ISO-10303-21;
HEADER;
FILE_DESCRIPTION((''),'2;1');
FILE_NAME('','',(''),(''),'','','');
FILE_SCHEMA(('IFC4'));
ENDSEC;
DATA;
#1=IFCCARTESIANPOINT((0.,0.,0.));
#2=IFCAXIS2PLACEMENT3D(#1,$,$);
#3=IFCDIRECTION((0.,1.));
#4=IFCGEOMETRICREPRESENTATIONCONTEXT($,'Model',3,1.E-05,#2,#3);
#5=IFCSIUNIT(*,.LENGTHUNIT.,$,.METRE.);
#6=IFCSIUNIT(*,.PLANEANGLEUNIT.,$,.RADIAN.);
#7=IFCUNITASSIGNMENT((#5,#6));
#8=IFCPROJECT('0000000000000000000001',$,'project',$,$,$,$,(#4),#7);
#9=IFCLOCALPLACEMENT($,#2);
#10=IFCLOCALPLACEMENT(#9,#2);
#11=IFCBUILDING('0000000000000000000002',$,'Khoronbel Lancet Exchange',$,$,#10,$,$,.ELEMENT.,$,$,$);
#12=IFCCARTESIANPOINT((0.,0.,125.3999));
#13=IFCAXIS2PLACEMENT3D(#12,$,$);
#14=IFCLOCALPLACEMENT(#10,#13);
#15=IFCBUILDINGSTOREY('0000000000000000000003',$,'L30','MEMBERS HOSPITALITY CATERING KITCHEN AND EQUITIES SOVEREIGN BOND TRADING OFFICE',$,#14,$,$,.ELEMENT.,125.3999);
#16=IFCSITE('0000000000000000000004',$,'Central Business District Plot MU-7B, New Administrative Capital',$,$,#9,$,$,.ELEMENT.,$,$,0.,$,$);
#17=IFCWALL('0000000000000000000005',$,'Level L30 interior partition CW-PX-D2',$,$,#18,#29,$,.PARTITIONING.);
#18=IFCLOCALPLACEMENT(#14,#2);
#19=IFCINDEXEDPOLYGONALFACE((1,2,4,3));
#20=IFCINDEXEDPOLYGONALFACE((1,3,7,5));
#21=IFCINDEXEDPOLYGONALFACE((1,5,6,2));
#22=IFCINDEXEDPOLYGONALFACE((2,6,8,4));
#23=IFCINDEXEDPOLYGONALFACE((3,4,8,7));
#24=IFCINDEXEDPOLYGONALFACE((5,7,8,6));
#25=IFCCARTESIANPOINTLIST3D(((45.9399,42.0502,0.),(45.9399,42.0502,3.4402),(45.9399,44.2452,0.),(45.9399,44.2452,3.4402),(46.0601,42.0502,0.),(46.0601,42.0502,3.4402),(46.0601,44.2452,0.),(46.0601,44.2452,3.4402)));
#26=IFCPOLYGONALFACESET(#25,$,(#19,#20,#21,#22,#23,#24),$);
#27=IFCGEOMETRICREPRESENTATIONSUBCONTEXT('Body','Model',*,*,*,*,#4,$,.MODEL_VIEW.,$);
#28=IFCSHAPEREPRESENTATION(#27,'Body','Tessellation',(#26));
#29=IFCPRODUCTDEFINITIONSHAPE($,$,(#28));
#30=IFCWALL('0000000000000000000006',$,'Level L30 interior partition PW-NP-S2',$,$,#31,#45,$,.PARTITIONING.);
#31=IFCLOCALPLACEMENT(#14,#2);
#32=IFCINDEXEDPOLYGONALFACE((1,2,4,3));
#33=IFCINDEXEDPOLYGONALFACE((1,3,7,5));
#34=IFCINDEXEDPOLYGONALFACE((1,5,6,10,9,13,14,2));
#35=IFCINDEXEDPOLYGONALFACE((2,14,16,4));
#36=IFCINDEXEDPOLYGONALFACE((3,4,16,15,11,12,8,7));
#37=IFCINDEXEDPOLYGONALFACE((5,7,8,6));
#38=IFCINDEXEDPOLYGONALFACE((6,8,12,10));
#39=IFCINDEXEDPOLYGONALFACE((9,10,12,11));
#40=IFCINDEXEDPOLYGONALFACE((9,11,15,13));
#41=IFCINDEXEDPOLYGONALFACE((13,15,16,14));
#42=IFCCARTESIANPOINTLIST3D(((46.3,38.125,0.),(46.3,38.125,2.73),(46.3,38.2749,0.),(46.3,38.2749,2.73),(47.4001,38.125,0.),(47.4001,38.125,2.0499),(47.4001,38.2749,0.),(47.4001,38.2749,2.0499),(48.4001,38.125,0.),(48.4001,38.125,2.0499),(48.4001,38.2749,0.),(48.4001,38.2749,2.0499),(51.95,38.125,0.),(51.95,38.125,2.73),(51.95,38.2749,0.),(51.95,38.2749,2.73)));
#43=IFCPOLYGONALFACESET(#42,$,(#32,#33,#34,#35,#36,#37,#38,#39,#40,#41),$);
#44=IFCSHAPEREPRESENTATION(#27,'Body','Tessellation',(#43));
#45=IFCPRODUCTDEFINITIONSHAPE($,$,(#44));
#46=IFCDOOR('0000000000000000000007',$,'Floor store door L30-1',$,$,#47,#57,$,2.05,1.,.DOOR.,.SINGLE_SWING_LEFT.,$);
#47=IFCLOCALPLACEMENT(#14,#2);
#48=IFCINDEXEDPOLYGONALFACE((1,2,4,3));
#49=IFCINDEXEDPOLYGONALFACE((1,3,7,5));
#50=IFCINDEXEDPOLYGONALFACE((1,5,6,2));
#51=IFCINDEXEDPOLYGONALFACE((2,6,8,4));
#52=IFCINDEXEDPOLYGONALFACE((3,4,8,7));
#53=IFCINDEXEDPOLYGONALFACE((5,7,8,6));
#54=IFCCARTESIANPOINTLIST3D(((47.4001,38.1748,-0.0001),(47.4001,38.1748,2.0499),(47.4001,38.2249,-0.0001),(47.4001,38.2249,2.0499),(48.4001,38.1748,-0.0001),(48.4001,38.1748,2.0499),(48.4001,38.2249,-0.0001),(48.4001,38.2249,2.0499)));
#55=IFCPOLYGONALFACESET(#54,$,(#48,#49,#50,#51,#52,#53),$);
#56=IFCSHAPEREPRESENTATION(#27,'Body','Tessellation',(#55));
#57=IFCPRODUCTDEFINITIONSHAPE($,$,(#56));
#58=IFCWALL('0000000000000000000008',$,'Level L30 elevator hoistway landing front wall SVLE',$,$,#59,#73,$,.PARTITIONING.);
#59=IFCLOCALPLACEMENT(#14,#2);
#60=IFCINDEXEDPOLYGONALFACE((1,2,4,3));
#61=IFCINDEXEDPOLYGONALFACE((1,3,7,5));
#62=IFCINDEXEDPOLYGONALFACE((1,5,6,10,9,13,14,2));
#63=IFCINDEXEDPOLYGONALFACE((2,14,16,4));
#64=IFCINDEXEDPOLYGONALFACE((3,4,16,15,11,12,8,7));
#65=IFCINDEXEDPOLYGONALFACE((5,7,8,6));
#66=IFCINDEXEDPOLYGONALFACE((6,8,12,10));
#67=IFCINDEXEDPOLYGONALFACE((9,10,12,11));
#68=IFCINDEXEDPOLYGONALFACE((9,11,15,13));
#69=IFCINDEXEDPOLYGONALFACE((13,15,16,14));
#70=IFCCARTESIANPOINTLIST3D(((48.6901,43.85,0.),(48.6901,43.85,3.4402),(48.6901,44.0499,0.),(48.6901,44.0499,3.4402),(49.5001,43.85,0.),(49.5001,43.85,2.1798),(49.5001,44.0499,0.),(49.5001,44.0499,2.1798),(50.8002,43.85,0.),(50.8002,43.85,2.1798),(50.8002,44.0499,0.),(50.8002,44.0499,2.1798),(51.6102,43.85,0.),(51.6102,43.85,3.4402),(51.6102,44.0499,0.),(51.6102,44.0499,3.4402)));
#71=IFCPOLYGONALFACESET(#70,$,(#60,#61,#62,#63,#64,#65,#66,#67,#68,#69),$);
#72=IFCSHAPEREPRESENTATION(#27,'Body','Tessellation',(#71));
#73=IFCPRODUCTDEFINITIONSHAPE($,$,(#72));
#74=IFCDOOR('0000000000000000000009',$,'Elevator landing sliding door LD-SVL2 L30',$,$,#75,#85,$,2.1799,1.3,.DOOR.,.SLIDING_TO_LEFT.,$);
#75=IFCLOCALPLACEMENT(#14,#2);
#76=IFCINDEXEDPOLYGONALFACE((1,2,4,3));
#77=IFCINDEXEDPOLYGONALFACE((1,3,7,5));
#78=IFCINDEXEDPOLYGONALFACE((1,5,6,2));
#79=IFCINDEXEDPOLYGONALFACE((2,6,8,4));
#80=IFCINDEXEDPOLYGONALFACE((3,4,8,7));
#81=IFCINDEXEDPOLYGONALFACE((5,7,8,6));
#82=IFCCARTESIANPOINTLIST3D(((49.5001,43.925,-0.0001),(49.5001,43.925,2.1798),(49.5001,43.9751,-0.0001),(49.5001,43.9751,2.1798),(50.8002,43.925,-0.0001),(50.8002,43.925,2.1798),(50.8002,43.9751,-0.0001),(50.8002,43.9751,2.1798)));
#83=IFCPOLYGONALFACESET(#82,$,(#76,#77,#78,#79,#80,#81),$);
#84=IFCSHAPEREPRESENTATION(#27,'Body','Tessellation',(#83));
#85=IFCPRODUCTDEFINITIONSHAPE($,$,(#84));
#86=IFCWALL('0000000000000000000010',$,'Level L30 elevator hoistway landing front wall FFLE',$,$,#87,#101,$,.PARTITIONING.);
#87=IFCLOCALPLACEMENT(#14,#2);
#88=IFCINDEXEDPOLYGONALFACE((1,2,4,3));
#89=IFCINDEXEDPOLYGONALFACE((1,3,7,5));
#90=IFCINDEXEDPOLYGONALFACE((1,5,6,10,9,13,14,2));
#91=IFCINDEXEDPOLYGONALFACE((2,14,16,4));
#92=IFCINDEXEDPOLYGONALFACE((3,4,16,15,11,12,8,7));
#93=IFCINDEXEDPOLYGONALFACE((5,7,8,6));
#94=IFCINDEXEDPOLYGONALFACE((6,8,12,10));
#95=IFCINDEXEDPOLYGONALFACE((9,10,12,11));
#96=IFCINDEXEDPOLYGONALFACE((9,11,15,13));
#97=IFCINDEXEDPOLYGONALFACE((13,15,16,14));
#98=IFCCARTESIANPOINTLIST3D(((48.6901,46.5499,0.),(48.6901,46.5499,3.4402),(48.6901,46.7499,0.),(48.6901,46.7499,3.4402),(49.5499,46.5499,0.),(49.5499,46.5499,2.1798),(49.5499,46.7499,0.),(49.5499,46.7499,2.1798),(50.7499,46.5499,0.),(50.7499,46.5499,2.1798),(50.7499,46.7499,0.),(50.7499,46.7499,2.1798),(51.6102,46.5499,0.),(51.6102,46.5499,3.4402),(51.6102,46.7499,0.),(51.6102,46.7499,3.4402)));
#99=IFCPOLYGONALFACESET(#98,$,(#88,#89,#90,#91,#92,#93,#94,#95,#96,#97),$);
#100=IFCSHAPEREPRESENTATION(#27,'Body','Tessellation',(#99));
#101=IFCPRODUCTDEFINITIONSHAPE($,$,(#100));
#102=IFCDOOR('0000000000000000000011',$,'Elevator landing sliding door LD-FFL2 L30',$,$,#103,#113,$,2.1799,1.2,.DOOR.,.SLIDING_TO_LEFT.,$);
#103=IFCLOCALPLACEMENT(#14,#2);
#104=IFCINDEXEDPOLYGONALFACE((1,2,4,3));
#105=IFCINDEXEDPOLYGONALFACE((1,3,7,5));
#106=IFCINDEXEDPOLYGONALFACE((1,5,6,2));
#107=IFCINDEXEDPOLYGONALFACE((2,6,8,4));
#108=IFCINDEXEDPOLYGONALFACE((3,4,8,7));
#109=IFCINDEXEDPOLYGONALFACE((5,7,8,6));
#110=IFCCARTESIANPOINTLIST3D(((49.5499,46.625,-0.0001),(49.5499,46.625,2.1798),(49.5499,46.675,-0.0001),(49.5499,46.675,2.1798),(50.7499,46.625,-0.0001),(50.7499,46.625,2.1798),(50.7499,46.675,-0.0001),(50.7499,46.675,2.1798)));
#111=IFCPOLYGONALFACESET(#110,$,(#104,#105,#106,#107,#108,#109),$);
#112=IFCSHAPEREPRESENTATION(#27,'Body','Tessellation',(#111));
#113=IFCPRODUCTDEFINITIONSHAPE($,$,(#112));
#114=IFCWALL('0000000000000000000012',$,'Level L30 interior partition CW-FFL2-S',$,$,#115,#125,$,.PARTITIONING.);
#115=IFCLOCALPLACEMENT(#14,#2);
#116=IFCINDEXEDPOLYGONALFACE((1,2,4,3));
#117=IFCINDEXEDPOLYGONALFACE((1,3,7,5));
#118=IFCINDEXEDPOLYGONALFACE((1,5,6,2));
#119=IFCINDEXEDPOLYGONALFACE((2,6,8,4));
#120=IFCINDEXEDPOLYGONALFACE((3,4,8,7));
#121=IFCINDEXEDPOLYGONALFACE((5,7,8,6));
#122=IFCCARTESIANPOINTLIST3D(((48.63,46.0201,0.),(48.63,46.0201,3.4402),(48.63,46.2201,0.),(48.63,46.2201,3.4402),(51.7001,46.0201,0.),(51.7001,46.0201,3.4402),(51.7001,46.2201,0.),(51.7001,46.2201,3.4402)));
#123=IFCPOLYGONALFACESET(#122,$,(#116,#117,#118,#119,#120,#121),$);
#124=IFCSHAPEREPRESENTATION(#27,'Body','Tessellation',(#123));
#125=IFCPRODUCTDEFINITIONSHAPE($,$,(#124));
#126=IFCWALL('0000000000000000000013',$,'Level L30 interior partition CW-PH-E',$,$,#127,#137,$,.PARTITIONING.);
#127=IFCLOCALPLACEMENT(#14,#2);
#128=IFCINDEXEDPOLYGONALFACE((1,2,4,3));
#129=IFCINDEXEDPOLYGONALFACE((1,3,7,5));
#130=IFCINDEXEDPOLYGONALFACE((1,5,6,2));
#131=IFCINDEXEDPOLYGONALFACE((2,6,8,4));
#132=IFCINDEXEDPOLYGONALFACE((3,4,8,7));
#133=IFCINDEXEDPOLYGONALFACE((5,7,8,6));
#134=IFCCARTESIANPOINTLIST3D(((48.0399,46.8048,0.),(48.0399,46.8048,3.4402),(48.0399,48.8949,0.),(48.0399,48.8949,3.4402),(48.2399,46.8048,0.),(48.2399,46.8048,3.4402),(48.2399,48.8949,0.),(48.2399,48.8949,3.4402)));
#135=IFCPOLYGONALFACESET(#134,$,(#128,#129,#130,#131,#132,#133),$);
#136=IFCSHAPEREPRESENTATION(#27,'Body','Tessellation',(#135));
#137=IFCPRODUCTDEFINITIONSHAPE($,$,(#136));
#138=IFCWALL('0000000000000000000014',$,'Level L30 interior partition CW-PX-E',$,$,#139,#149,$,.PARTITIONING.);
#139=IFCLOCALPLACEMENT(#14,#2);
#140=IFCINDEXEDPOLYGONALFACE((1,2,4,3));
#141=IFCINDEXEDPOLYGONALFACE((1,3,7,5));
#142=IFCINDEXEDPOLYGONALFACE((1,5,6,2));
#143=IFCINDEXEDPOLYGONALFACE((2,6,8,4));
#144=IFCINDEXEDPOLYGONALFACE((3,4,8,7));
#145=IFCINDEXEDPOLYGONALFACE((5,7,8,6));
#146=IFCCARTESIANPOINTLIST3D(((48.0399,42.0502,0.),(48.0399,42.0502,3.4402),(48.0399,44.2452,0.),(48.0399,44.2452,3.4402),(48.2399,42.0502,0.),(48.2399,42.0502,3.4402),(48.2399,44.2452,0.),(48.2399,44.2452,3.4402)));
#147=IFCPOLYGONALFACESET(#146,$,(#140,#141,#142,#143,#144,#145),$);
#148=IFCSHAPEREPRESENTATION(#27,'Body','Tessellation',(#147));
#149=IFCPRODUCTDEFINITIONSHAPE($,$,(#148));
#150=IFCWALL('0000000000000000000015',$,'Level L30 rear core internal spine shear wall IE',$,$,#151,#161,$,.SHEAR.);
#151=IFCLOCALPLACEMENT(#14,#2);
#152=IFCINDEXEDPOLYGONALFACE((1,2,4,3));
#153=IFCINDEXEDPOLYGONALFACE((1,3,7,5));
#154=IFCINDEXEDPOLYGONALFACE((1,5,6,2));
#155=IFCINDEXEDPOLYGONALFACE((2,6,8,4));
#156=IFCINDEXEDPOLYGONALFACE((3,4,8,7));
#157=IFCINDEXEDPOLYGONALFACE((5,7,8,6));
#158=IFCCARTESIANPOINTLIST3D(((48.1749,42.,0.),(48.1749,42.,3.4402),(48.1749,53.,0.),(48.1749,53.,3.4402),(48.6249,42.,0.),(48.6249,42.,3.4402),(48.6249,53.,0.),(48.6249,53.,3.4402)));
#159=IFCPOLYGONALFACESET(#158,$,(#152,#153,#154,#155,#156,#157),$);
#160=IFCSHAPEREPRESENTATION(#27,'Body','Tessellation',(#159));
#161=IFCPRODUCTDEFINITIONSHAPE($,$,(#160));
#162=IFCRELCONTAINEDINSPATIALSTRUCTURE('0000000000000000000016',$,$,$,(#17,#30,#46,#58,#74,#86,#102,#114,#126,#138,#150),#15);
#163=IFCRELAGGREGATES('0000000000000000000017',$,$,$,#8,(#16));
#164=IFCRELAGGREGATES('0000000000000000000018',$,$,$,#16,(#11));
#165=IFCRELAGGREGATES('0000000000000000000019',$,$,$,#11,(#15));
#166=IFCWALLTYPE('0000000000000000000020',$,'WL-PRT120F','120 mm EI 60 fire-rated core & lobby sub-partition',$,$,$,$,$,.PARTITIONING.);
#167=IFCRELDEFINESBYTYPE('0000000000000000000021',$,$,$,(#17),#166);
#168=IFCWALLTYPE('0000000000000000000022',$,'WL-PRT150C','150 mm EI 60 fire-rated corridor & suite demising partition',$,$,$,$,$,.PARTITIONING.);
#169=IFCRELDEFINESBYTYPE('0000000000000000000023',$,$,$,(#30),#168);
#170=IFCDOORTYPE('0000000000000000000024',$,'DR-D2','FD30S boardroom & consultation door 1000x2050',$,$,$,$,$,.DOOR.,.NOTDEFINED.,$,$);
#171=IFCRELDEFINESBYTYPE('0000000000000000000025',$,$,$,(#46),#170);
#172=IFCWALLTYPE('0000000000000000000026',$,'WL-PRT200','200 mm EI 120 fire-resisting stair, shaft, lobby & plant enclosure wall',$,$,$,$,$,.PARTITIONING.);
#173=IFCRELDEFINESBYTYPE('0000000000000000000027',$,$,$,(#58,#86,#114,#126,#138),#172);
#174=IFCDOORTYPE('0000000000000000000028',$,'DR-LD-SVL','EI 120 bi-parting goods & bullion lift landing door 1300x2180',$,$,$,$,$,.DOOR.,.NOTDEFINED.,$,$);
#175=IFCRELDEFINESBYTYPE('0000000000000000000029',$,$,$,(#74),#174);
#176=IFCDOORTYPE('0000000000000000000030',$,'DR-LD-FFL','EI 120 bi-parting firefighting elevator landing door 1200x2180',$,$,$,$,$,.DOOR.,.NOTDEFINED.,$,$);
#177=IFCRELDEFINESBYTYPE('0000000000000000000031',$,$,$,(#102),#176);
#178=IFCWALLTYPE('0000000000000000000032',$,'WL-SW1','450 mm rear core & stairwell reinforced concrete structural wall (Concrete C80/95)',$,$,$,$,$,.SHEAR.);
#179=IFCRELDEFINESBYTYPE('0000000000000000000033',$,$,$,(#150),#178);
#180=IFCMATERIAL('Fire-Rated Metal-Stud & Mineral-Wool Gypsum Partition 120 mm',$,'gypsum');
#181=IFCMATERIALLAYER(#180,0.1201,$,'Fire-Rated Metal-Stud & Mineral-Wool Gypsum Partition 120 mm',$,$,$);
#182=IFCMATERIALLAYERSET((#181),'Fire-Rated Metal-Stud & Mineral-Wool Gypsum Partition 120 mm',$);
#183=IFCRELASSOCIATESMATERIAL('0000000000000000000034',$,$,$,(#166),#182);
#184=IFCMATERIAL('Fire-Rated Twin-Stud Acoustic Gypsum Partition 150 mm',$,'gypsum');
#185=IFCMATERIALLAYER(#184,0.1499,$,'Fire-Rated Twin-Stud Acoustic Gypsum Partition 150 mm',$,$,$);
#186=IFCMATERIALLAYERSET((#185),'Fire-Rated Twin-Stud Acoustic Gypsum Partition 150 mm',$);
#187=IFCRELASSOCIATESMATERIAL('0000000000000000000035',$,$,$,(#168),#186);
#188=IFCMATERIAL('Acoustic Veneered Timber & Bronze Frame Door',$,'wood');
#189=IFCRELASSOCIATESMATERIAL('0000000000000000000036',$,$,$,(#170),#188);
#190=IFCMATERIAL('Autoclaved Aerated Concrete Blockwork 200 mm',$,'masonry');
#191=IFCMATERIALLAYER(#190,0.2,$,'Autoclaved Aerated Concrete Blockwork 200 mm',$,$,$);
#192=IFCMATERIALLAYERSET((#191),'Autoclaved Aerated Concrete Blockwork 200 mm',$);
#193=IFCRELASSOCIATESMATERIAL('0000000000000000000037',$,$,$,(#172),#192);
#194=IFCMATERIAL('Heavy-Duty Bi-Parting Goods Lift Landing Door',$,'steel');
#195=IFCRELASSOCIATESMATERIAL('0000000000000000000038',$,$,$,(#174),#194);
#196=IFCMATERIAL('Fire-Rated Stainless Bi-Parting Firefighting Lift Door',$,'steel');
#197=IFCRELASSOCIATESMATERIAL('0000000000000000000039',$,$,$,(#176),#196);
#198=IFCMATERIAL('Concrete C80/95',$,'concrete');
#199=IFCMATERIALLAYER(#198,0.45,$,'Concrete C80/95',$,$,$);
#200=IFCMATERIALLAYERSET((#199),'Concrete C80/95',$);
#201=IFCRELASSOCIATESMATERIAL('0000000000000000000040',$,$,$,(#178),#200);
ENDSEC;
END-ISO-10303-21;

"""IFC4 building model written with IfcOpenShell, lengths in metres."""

from ifc_helpers import new_model, si_unit, direction, frame, frame_2d, origin, place, context, subcontext, project, spatial, rectangle, extrude, material, layer, layer_set, type_object, element, fill, save


model = new_model("IFC4")

# Units and contexts
model_context = context("Model", 3, precision=1e-05, world=origin(), true_north=direction((0.0, 1.0)))
body_context = subcontext(model_context, "Body", "Model", "MODEL_VIEW")
ifc_project = project(units=[si_unit("LENGTHUNIT", "METRE"), si_unit("PLANEANGLEUNIT", "RADIAN")], contexts=[model_context])

# Site, building, storey
site_placement = place(None, origin())
site = spatial("IfcSite", under=ifc_project, at=site_placement, Name="Central Business District Plot MU-7B, New Administrative Capital", CompositionType="ELEMENT", RefElevation=0.0)
building_placement = place(site_placement, origin())
building = spatial("IfcBuilding", under=site, at=building_placement, Name="Khoronbel Lancet Exchange", CompositionType="ELEMENT")
storey_placement = place(building_placement, frame((0.0, 0.0, 125.3999)))
storey = spatial("IfcBuildingStorey", under=building, at=storey_placement, Name="L30", Description="MEMBERS HOSPITALITY CATERING KITCHEN AND EQUITIES SOVEREIGN BOND TRADING OFFICE", CompositionType="ELEMENT", Elevation=125.3999)

# Wall
ifc_material_1 = material(Name="Fire-Rated Metal-Stud & Mineral-Wool Gypsum Partition 120 mm", Category="gypsum")
ifc_layer_1 = layer(ifc_material_1, 0.1201, Name="Fire-Rated Metal-Stud & Mineral-Wool Gypsum Partition 120 mm")
ifc_layer_set_1 = layer_set([ifc_layer_1], Name="Fire-Rated Metal-Stud & Mineral-Wool Gypsum Partition 120 mm")
wall_type_1 = type_object("IfcWallType", Name="WL-PRT120F", Description="120 mm EI 60 fire-rated core & lobby sub-partition", PredefinedType="PARTITIONING", material=ifc_layer_set_1)
for number, where, z_axis, x_axis, name in (
    (1, (46.0, 42.05, 0.0), (0.0, 0.0, 1.0), (0.0, 1.0, 0.0), "Level L30 interior partition CW-PX-D2"),
):
    element("IfcWall", number, at=place(storey_placement, frame(where, z_axis=z_axis, x_axis=x_axis)), inside=storey, type_object=wall_type_1, Name=name, PredefinedType="PARTITIONING", context=body_context, shape_type="SweptSolid", body=[
        extrude(rectangle(XDim=2.1951, YDim=0.1201, at=frame_2d((1.0977, 0.0))), origin(), (0.0, 0.0, 1.0), 3.4402),
    ])

# Walls, openings, doors
ifc_material_2 = material(Name="Fire-Rated Twin-Stud Acoustic Gypsum Partition 150 mm", Category="gypsum")
ifc_layer_2 = layer(ifc_material_2, 0.1499, Name="Fire-Rated Twin-Stud Acoustic Gypsum Partition 150 mm")
ifc_layer_set_2 = layer_set([ifc_layer_2], Name="Fire-Rated Twin-Stud Acoustic Gypsum Partition 150 mm")
wall_type_2 = type_object("IfcWallType", Name="WL-PRT150C", Description="150 mm EI 60 fire-rated corridor & suite demising partition", PredefinedType="PARTITIONING", material=ifc_layer_set_2)
wall_1_placement = place(storey_placement, frame((46.3, 38.2, 0.0), z_axis=(0.0, 0.0, 1.0), x_axis=(1.0, 0.0, 0.0)))
wall_1 = element("IfcWall", 2, at=wall_1_placement, inside=storey, type_object=wall_type_2, Name="Level L30 interior partition PW-NP-S2", PredefinedType="PARTITIONING", context=body_context, shape_type="SweptSolid", body=[
    extrude(rectangle(XDim=5.6499, YDim=0.1499, at=frame_2d((2.825, 0.0))), origin(), (0.0, 0.0, 1.0), 2.73),
])
opening_1_placement = place(wall_1_placement, frame((1.1001, 0.0, 0.0)))
opening_1 = element("IfcOpeningElement", 3, at=opening_1_placement, cuts=wall_1, PredefinedType="OPENING", context=body_context, shape_type="SweptSolid", body=[
    extrude(rectangle(XDim=1.0, YDim=2.05, at=frame_2d((0.5, 1.0249))), frame((0.0, 0.085, 0.0), z_axis=(0.0, -1.0, 0.0), x_axis=(1.0, 0.0, 0.0)), (0.0, 0.0, 1.0), 0.1699),
])
ifc_material_3 = material(Name="Acoustic Veneered Timber & Bronze Frame Door", Category="wood")
door_type_1 = type_object("IfcDoorType", Name="DR-D2", Description="FD30S boardroom & consultation door 1000x2050", OperationType="NOTDEFINED", PredefinedType="DOOR", material=ifc_material_3)
door_1_placement = place(opening_1_placement, origin())
door_1 = element("IfcDoor", 4, at=door_1_placement, inside=storey, type_object=door_type_1, Name="Floor store door L30-1", OperationType="SINGLE_SWING_LEFT", OverallHeight=2.05, OverallWidth=1.0, PredefinedType="DOOR", context=body_context, shape_type="SweptSolid", body=[
    extrude(rectangle(XDim=1.0, YDim=2.05, at=frame_2d((0.5, 1.0249))), frame((0.0, 0.0249, 0.0), z_axis=(0.0, -1.0, 0.0), x_axis=(1.0, 0.0, 0.0)), (0.0, 0.0, 1.0), 0.05),
])
fill(opening_1, door_1)
ifc_material_4 = material(Name="Autoclaved Aerated Concrete Blockwork 200 mm", Category="masonry")
ifc_layer_3 = layer(ifc_material_4, 0.2, Name="Autoclaved Aerated Concrete Blockwork 200 mm")
ifc_layer_set_3 = layer_set([ifc_layer_3], Name="Autoclaved Aerated Concrete Blockwork 200 mm")
wall_type_3 = type_object("IfcWallType", Name="WL-PRT200", Description="200 mm EI 120 fire-resisting stair, shaft, lobby & plant enclosure wall", PredefinedType="PARTITIONING", material=ifc_layer_set_3)
wall_2_placement = place(storey_placement, frame((51.6101, 43.95, 0.0), z_axis=(0.0, 0.0, 1.0), x_axis=(-1.0, 0.0, 0.0)))
wall_2 = element("IfcWall", 5, at=wall_2_placement, inside=storey, type_object=wall_type_3, Name="Level L30 elevator hoistway landing front wall SVLE", PredefinedType="PARTITIONING", context=body_context, shape_type="SweptSolid", body=[
    extrude(rectangle(XDim=2.9202, YDim=0.2, at=frame_2d((1.46, 0.0))), origin(), (0.0, 0.0, 1.0), 3.4402),
])
opening_2_placement = place(wall_2_placement, frame((0.8101, 0.0, 0.0)))
opening_2 = element("IfcOpeningElement", 6, at=opening_2_placement, cuts=wall_2, PredefinedType="OPENING", context=body_context, shape_type="SweptSolid", body=[
    extrude(rectangle(XDim=1.3, YDim=2.1799, at=frame_2d((0.6499, 1.0898))), frame((0.0, 0.1099, 0.0), z_axis=(0.0, -1.0, 0.0), x_axis=(1.0, 0.0, 0.0)), (0.0, 0.0, 1.0), 0.22),
])
ifc_material_5 = material(Name="Heavy-Duty Bi-Parting Goods Lift Landing Door", Category="steel")
door_type_2 = type_object("IfcDoorType", Name="DR-LD-SVL", Description="EI 120 bi-parting goods & bullion lift landing door 1300x2180", OperationType="NOTDEFINED", PredefinedType="DOOR", material=ifc_material_5)
door_2_placement = place(opening_2_placement, origin())
door_2 = element("IfcDoor", 7, at=door_2_placement, inside=storey, type_object=door_type_2, Name="Elevator landing sliding door LD-SVL2 L30", OperationType="SLIDING_TO_LEFT", OverallHeight=2.1799, OverallWidth=1.3, PredefinedType="DOOR", context=body_context, shape_type="SweptSolid", body=[
    extrude(rectangle(XDim=1.3, YDim=2.1799, at=frame_2d((0.6499, 1.0898))), frame((0.0, 0.0249, 0.0), z_axis=(0.0, -1.0, 0.0), x_axis=(1.0, 0.0, 0.0)), (0.0, 0.0, 1.0), 0.05),
])
fill(opening_2, door_2)
wall_3_placement = place(storey_placement, frame((51.6101, 46.6499, 0.0), z_axis=(0.0, 0.0, 1.0), x_axis=(-1.0, 0.0, 0.0)))
wall_3 = element("IfcWall", 8, at=wall_3_placement, inside=storey, type_object=wall_type_3, Name="Level L30 elevator hoistway landing front wall FFLE", PredefinedType="PARTITIONING", context=body_context, shape_type="SweptSolid", body=[
    extrude(rectangle(XDim=2.9202, YDim=0.2, at=frame_2d((1.46, 0.0))), origin(), (0.0, 0.0, 1.0), 3.4402),
])
opening_3_placement = place(wall_3_placement, frame((0.8601, 0.0, 0.0)))
opening_3 = element("IfcOpeningElement", 9, at=opening_3_placement, cuts=wall_3, PredefinedType="OPENING", context=body_context, shape_type="SweptSolid", body=[
    extrude(rectangle(XDim=1.2, YDim=2.1799, at=frame_2d((0.6001, 1.0898))), frame((0.0, 0.1099, 0.0), z_axis=(0.0, -1.0, 0.0), x_axis=(1.0, 0.0, 0.0)), (0.0, 0.0, 1.0), 0.22),
])
ifc_material_6 = material(Name="Fire-Rated Stainless Bi-Parting Firefighting Lift Door", Category="steel")
door_type_3 = type_object("IfcDoorType", Name="DR-LD-FFL", Description="EI 120 bi-parting firefighting elevator landing door 1200x2180", OperationType="NOTDEFINED", PredefinedType="DOOR", material=ifc_material_6)
door_3_placement = place(opening_3_placement, origin())
door_3 = element("IfcDoor", 10, at=door_3_placement, inside=storey, type_object=door_type_3, Name="Elevator landing sliding door LD-FFL2 L30", OperationType="SLIDING_TO_LEFT", OverallHeight=2.1799, OverallWidth=1.2, PredefinedType="DOOR", context=body_context, shape_type="SweptSolid", body=[
    extrude(rectangle(XDim=1.2, YDim=2.1799, at=frame_2d((0.6001, 1.0898))), frame((0.0, 0.0249, 0.0), z_axis=(0.0, -1.0, 0.0), x_axis=(1.0, 0.0, 0.0)), (0.0, 0.0, 1.0), 0.05),
])
fill(opening_3, door_3)

# Walls
wall_4_placement = place(storey_placement, frame((48.6299, 46.1201, 0.0), z_axis=(0.0, 0.0, 1.0), x_axis=(1.0, 0.0, 0.0)))
element("IfcWall", 11, at=wall_4_placement, inside=storey, type_object=wall_type_3, Name="Level L30 interior partition CW-FFL2-S", PredefinedType="PARTITIONING", context=body_context, shape_type="SweptSolid", body=[
    extrude(rectangle(XDim=3.0701, YDim=0.2, at=frame_2d((1.5352, 0.0))), origin(), (0.0, 0.0, 1.0), 3.4402),
])
wall_5_placement = place(storey_placement, frame((48.1399, 46.8049, 0.0), z_axis=(0.0, 0.0, 1.0), x_axis=(0.0, 1.0, 0.0)))
element("IfcWall", 12, at=wall_5_placement, inside=storey, type_object=wall_type_3, Name="Level L30 interior partition CW-PH-E", PredefinedType="PARTITIONING", context=body_context, shape_type="SweptSolid", body=[
    extrude(rectangle(XDim=2.0901, YDim=0.2, at=frame_2d((1.0449, 0.0))), origin(), (0.0, 0.0, 1.0), 3.4402),
])
wall_6_placement = place(storey_placement, frame((48.1399, 42.05, 0.0), z_axis=(0.0, 0.0, 1.0), x_axis=(0.0, 1.0, 0.0)))
element("IfcWall", 13, at=wall_6_placement, inside=storey, type_object=wall_type_3, Name="Level L30 interior partition CW-PX-E", PredefinedType="PARTITIONING", context=body_context, shape_type="SweptSolid", body=[
    extrude(rectangle(XDim=2.1951, YDim=0.2, at=frame_2d((1.0977, 0.0))), origin(), (0.0, 0.0, 1.0), 3.4402),
])
ifc_material_7 = material(Name="Concrete C80/95", Category="concrete")
ifc_layer_4 = layer(ifc_material_7, 0.45, Name="Concrete C80/95")
ifc_layer_set_4 = layer_set([ifc_layer_4], Name="Concrete C80/95")
wall_type_4 = type_object("IfcWallType", Name="WL-SW1", Description="450 mm rear core & stairwell reinforced concrete structural wall (Concrete C80/95)", PredefinedType="SHEAR", material=ifc_layer_set_4)
wall_7_placement = place(storey_placement, frame((48.3999, 42.0, 0.0), z_axis=(0.0, 0.0, 1.0), x_axis=(0.0, 1.0, 0.0)))
element("IfcWall", 14, at=wall_7_placement, inside=storey, type_object=wall_type_4, Name="Level L30 rear core internal spine shear wall IE", PredefinedType="SHEAR", context=body_context, shape_type="SweptSolid", body=[
    extrude(rectangle(XDim=11.0, YDim=0.45, at=frame_2d((5.5, 0.0))), origin(), (0.0, 0.0, 1.0), 3.4402),
])

save(model, "model.ifc")
